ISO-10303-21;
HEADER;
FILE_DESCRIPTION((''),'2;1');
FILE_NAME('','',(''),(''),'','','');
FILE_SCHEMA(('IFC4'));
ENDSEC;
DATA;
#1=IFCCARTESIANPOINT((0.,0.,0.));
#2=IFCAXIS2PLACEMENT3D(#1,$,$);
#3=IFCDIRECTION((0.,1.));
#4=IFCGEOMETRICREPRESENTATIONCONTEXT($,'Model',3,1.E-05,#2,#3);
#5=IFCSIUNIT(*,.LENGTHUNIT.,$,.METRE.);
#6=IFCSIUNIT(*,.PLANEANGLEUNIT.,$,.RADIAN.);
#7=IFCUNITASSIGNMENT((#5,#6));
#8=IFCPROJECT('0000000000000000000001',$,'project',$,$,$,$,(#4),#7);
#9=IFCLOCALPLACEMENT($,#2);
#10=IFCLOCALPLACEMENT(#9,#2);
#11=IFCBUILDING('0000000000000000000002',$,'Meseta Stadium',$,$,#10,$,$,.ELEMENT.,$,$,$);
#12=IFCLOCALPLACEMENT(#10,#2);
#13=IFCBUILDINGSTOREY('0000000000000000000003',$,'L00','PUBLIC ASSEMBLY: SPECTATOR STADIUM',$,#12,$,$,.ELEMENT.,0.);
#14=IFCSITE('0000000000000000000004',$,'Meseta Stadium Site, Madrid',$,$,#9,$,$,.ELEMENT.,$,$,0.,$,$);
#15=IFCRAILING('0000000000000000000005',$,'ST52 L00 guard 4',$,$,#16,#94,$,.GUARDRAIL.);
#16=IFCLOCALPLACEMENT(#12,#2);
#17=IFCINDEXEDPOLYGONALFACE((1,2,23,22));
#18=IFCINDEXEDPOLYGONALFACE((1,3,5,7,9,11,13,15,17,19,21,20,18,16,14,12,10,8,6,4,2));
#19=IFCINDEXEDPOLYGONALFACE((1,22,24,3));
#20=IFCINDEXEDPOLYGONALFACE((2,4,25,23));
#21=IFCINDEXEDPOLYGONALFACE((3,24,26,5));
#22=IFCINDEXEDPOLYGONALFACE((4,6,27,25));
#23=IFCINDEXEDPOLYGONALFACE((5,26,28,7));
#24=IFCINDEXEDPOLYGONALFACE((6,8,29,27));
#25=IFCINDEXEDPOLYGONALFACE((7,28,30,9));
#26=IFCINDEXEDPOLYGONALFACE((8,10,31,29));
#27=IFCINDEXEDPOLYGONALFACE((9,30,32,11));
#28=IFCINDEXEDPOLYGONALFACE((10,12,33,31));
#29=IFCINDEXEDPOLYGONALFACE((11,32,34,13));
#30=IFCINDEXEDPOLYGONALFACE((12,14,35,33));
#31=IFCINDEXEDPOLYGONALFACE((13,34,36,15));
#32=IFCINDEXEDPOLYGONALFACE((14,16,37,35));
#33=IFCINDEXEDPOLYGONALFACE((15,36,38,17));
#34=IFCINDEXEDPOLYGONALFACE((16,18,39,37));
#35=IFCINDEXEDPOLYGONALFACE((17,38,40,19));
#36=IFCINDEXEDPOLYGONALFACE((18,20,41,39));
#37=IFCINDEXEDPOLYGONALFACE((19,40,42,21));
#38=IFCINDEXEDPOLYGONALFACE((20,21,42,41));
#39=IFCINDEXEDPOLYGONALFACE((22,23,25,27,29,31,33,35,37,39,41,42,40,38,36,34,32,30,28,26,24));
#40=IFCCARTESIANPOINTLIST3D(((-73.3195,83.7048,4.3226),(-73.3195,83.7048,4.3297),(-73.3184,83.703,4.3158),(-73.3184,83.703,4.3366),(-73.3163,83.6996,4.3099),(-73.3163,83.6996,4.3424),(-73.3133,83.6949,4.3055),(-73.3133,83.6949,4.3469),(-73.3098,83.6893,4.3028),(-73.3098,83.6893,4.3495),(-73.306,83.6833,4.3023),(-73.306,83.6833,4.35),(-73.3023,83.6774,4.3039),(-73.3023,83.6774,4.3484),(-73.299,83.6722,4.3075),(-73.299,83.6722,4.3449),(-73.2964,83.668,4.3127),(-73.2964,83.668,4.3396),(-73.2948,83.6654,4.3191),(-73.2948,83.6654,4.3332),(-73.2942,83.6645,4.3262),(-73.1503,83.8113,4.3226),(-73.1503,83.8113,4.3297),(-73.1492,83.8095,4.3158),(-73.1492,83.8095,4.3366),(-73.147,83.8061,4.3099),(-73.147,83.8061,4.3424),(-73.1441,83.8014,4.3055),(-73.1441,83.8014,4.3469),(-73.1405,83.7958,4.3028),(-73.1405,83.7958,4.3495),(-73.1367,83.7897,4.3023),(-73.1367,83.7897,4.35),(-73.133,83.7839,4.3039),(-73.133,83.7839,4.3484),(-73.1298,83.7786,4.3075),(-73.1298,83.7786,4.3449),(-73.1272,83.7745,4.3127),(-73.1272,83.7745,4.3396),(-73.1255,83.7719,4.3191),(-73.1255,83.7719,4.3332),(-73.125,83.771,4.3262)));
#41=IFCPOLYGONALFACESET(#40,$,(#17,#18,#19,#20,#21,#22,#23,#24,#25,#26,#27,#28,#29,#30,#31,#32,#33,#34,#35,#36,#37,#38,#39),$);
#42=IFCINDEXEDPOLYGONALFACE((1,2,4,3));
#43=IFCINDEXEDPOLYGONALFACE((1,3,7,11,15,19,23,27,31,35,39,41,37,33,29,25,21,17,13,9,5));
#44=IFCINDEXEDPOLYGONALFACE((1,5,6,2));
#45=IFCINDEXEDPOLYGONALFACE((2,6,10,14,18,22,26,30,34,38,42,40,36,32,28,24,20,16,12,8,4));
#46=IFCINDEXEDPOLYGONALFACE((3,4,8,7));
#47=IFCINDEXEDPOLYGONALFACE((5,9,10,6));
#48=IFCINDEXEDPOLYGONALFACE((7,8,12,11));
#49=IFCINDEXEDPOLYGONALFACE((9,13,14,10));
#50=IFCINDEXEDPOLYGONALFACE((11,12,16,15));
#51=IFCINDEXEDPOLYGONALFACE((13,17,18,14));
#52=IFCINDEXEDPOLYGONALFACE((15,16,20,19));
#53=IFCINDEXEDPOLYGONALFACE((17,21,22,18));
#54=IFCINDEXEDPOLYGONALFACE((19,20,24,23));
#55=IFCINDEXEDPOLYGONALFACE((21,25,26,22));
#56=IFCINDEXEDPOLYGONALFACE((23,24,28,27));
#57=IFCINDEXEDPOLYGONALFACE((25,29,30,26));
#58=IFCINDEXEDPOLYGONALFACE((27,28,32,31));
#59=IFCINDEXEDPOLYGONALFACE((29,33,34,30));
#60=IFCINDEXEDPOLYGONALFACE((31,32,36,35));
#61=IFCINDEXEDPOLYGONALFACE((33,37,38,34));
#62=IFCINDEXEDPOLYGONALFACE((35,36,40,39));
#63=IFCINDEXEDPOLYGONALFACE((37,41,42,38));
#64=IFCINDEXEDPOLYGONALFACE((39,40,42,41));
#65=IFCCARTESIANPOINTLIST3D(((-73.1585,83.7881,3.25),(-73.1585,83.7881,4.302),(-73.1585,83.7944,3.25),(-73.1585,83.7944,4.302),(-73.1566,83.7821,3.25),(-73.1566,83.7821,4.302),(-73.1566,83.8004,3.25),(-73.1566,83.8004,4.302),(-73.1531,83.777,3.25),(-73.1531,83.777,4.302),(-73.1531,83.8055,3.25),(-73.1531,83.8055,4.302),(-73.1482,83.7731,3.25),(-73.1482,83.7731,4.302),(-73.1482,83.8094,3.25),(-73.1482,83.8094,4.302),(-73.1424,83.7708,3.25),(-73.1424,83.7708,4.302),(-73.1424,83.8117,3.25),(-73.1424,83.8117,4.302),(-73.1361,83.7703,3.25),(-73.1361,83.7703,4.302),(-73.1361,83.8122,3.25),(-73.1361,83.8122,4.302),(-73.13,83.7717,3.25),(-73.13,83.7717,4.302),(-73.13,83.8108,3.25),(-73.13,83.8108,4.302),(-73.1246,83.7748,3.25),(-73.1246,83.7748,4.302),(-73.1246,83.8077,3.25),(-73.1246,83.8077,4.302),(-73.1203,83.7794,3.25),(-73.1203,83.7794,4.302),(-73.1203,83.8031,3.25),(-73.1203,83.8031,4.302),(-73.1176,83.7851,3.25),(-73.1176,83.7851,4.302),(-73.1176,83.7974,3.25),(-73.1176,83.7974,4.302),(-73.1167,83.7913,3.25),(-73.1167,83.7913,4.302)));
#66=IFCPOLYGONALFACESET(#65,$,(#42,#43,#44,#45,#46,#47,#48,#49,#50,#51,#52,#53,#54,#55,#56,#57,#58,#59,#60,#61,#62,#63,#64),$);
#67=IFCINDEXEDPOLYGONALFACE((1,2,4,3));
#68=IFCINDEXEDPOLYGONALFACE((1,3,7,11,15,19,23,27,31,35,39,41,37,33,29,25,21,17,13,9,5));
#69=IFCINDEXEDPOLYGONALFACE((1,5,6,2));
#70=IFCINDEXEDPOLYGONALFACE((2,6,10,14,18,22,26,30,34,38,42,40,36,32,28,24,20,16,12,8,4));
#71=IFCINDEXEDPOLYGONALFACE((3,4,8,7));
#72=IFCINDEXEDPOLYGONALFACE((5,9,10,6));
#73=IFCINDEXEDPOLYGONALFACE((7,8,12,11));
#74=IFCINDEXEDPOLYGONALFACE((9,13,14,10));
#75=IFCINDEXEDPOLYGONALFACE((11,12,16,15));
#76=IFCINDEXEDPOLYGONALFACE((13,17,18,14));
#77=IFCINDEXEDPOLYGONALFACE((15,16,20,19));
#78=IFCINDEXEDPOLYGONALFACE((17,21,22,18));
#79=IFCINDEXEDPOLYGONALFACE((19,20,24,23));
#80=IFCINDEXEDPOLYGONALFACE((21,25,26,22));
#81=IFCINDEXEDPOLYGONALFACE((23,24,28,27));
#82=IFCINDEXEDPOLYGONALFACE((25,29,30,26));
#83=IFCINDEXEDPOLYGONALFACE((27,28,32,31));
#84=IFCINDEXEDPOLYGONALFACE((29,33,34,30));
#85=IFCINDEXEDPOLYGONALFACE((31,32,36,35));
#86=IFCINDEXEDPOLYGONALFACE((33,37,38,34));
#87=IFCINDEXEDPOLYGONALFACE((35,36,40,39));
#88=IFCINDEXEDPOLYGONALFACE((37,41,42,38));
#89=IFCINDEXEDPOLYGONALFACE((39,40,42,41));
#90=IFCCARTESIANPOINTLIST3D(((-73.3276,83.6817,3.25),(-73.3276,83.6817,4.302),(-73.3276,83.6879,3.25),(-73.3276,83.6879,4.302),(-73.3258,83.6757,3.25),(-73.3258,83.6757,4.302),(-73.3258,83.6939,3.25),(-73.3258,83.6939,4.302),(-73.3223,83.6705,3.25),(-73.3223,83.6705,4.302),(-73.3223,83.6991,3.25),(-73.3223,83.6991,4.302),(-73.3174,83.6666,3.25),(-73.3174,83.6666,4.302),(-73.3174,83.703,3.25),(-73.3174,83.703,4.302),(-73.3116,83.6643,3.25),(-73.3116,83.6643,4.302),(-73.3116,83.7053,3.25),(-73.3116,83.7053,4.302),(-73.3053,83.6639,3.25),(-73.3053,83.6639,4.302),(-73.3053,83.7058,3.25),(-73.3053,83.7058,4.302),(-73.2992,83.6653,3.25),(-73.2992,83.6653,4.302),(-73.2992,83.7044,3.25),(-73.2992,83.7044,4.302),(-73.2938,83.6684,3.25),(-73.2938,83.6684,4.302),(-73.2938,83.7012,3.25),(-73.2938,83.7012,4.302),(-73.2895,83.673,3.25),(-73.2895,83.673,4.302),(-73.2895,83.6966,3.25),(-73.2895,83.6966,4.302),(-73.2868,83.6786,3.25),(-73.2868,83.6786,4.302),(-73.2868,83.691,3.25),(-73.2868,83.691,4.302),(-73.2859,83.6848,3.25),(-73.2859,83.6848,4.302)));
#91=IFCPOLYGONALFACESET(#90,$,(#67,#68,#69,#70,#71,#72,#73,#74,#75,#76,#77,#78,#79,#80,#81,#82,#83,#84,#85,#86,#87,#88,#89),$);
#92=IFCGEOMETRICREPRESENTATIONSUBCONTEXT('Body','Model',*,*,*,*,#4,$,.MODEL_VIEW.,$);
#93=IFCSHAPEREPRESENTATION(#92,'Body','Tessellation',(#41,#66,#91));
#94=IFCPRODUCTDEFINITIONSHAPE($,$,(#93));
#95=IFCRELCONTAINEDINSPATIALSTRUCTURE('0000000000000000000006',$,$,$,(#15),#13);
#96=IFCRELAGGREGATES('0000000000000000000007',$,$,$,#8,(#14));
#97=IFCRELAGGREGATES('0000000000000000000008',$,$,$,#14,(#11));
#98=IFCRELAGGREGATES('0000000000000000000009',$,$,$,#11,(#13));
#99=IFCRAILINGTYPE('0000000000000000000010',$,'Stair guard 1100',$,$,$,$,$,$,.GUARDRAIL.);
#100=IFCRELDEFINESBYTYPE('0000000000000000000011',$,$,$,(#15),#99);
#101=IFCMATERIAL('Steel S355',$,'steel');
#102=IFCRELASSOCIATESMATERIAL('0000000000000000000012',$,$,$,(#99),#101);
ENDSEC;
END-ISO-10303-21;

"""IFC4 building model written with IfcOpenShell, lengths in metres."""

from ifc_helpers import new_model, si_unit, direction, frame, origin, origin_2d, place, context, subcontext, project, spatial, circle, extrude, material, type_object, element, save


model = new_model("IFC4")

# Units and contexts
model_context = context("Model", 3, precision=1e-05, world=origin(), true_north=direction((0.0, 1.0)))
body_context = subcontext(model_context, "Body", "Model", "MODEL_VIEW")
ifc_project = project(units=[si_unit("LENGTHUNIT", "METRE"), si_unit("PLANEANGLEUNIT", "RADIAN")], contexts=[model_context])

# Site, building, storey
site_placement = place(None, origin())
site = spatial("IfcSite", under=ifc_project, at=site_placement, Name="Meseta Stadium Site, Madrid", CompositionType="ELEMENT", RefElevation=0.0)
building_placement = place(site_placement, origin())
building = spatial("IfcBuilding", under=site, at=building_placement, Name="Meseta Stadium", CompositionType="ELEMENT")
storey_placement = place(building_placement, origin())
storey = spatial("IfcBuildingStorey", under=building, at=storey_placement, Name="L00", Description="PUBLIC ASSEMBLY: SPECTATOR STADIUM", CompositionType="ELEMENT", Elevation=0.0)

# Railing
ifc_material_1 = material(Name="Steel S355", Category="steel")
railing_type_1 = type_object("IfcRailingType", Name="Stair guard 1100", PredefinedType="GUARDRAIL", material=ifc_material_1)
railing_1_placement = place(storey_placement, frame((-73.1377, 83.7913, 3.25)))
element("IfcRailing", 1, at=railing_1_placement, inside=storey, type_object=railing_type_1, Name="ST52 L00 guard 4", PredefinedType="GUARDRAIL", context=body_context, shape_type="SweptSolid", body=[
    extrude(circle(Radius=0.0239, at=origin_2d()), frame((0.0, 0.0, 1.0762), z_axis=(-0.846416, -0.532522, 0.0), x_axis=(0.532522, -0.846416, 0.0)), (0.0, 0.0, 1.0), 0.2),
    extrude(circle(Radius=0.021, at=origin_2d()), origin(), (0.0, 0.0, 1.0), 1.052),
    extrude(circle(Radius=0.021, at=origin_2d()), frame((-0.1692, -0.1064, 0.0)), (0.0, 0.0, 1.0), 1.052),
])

save(model, "model.ifc")
